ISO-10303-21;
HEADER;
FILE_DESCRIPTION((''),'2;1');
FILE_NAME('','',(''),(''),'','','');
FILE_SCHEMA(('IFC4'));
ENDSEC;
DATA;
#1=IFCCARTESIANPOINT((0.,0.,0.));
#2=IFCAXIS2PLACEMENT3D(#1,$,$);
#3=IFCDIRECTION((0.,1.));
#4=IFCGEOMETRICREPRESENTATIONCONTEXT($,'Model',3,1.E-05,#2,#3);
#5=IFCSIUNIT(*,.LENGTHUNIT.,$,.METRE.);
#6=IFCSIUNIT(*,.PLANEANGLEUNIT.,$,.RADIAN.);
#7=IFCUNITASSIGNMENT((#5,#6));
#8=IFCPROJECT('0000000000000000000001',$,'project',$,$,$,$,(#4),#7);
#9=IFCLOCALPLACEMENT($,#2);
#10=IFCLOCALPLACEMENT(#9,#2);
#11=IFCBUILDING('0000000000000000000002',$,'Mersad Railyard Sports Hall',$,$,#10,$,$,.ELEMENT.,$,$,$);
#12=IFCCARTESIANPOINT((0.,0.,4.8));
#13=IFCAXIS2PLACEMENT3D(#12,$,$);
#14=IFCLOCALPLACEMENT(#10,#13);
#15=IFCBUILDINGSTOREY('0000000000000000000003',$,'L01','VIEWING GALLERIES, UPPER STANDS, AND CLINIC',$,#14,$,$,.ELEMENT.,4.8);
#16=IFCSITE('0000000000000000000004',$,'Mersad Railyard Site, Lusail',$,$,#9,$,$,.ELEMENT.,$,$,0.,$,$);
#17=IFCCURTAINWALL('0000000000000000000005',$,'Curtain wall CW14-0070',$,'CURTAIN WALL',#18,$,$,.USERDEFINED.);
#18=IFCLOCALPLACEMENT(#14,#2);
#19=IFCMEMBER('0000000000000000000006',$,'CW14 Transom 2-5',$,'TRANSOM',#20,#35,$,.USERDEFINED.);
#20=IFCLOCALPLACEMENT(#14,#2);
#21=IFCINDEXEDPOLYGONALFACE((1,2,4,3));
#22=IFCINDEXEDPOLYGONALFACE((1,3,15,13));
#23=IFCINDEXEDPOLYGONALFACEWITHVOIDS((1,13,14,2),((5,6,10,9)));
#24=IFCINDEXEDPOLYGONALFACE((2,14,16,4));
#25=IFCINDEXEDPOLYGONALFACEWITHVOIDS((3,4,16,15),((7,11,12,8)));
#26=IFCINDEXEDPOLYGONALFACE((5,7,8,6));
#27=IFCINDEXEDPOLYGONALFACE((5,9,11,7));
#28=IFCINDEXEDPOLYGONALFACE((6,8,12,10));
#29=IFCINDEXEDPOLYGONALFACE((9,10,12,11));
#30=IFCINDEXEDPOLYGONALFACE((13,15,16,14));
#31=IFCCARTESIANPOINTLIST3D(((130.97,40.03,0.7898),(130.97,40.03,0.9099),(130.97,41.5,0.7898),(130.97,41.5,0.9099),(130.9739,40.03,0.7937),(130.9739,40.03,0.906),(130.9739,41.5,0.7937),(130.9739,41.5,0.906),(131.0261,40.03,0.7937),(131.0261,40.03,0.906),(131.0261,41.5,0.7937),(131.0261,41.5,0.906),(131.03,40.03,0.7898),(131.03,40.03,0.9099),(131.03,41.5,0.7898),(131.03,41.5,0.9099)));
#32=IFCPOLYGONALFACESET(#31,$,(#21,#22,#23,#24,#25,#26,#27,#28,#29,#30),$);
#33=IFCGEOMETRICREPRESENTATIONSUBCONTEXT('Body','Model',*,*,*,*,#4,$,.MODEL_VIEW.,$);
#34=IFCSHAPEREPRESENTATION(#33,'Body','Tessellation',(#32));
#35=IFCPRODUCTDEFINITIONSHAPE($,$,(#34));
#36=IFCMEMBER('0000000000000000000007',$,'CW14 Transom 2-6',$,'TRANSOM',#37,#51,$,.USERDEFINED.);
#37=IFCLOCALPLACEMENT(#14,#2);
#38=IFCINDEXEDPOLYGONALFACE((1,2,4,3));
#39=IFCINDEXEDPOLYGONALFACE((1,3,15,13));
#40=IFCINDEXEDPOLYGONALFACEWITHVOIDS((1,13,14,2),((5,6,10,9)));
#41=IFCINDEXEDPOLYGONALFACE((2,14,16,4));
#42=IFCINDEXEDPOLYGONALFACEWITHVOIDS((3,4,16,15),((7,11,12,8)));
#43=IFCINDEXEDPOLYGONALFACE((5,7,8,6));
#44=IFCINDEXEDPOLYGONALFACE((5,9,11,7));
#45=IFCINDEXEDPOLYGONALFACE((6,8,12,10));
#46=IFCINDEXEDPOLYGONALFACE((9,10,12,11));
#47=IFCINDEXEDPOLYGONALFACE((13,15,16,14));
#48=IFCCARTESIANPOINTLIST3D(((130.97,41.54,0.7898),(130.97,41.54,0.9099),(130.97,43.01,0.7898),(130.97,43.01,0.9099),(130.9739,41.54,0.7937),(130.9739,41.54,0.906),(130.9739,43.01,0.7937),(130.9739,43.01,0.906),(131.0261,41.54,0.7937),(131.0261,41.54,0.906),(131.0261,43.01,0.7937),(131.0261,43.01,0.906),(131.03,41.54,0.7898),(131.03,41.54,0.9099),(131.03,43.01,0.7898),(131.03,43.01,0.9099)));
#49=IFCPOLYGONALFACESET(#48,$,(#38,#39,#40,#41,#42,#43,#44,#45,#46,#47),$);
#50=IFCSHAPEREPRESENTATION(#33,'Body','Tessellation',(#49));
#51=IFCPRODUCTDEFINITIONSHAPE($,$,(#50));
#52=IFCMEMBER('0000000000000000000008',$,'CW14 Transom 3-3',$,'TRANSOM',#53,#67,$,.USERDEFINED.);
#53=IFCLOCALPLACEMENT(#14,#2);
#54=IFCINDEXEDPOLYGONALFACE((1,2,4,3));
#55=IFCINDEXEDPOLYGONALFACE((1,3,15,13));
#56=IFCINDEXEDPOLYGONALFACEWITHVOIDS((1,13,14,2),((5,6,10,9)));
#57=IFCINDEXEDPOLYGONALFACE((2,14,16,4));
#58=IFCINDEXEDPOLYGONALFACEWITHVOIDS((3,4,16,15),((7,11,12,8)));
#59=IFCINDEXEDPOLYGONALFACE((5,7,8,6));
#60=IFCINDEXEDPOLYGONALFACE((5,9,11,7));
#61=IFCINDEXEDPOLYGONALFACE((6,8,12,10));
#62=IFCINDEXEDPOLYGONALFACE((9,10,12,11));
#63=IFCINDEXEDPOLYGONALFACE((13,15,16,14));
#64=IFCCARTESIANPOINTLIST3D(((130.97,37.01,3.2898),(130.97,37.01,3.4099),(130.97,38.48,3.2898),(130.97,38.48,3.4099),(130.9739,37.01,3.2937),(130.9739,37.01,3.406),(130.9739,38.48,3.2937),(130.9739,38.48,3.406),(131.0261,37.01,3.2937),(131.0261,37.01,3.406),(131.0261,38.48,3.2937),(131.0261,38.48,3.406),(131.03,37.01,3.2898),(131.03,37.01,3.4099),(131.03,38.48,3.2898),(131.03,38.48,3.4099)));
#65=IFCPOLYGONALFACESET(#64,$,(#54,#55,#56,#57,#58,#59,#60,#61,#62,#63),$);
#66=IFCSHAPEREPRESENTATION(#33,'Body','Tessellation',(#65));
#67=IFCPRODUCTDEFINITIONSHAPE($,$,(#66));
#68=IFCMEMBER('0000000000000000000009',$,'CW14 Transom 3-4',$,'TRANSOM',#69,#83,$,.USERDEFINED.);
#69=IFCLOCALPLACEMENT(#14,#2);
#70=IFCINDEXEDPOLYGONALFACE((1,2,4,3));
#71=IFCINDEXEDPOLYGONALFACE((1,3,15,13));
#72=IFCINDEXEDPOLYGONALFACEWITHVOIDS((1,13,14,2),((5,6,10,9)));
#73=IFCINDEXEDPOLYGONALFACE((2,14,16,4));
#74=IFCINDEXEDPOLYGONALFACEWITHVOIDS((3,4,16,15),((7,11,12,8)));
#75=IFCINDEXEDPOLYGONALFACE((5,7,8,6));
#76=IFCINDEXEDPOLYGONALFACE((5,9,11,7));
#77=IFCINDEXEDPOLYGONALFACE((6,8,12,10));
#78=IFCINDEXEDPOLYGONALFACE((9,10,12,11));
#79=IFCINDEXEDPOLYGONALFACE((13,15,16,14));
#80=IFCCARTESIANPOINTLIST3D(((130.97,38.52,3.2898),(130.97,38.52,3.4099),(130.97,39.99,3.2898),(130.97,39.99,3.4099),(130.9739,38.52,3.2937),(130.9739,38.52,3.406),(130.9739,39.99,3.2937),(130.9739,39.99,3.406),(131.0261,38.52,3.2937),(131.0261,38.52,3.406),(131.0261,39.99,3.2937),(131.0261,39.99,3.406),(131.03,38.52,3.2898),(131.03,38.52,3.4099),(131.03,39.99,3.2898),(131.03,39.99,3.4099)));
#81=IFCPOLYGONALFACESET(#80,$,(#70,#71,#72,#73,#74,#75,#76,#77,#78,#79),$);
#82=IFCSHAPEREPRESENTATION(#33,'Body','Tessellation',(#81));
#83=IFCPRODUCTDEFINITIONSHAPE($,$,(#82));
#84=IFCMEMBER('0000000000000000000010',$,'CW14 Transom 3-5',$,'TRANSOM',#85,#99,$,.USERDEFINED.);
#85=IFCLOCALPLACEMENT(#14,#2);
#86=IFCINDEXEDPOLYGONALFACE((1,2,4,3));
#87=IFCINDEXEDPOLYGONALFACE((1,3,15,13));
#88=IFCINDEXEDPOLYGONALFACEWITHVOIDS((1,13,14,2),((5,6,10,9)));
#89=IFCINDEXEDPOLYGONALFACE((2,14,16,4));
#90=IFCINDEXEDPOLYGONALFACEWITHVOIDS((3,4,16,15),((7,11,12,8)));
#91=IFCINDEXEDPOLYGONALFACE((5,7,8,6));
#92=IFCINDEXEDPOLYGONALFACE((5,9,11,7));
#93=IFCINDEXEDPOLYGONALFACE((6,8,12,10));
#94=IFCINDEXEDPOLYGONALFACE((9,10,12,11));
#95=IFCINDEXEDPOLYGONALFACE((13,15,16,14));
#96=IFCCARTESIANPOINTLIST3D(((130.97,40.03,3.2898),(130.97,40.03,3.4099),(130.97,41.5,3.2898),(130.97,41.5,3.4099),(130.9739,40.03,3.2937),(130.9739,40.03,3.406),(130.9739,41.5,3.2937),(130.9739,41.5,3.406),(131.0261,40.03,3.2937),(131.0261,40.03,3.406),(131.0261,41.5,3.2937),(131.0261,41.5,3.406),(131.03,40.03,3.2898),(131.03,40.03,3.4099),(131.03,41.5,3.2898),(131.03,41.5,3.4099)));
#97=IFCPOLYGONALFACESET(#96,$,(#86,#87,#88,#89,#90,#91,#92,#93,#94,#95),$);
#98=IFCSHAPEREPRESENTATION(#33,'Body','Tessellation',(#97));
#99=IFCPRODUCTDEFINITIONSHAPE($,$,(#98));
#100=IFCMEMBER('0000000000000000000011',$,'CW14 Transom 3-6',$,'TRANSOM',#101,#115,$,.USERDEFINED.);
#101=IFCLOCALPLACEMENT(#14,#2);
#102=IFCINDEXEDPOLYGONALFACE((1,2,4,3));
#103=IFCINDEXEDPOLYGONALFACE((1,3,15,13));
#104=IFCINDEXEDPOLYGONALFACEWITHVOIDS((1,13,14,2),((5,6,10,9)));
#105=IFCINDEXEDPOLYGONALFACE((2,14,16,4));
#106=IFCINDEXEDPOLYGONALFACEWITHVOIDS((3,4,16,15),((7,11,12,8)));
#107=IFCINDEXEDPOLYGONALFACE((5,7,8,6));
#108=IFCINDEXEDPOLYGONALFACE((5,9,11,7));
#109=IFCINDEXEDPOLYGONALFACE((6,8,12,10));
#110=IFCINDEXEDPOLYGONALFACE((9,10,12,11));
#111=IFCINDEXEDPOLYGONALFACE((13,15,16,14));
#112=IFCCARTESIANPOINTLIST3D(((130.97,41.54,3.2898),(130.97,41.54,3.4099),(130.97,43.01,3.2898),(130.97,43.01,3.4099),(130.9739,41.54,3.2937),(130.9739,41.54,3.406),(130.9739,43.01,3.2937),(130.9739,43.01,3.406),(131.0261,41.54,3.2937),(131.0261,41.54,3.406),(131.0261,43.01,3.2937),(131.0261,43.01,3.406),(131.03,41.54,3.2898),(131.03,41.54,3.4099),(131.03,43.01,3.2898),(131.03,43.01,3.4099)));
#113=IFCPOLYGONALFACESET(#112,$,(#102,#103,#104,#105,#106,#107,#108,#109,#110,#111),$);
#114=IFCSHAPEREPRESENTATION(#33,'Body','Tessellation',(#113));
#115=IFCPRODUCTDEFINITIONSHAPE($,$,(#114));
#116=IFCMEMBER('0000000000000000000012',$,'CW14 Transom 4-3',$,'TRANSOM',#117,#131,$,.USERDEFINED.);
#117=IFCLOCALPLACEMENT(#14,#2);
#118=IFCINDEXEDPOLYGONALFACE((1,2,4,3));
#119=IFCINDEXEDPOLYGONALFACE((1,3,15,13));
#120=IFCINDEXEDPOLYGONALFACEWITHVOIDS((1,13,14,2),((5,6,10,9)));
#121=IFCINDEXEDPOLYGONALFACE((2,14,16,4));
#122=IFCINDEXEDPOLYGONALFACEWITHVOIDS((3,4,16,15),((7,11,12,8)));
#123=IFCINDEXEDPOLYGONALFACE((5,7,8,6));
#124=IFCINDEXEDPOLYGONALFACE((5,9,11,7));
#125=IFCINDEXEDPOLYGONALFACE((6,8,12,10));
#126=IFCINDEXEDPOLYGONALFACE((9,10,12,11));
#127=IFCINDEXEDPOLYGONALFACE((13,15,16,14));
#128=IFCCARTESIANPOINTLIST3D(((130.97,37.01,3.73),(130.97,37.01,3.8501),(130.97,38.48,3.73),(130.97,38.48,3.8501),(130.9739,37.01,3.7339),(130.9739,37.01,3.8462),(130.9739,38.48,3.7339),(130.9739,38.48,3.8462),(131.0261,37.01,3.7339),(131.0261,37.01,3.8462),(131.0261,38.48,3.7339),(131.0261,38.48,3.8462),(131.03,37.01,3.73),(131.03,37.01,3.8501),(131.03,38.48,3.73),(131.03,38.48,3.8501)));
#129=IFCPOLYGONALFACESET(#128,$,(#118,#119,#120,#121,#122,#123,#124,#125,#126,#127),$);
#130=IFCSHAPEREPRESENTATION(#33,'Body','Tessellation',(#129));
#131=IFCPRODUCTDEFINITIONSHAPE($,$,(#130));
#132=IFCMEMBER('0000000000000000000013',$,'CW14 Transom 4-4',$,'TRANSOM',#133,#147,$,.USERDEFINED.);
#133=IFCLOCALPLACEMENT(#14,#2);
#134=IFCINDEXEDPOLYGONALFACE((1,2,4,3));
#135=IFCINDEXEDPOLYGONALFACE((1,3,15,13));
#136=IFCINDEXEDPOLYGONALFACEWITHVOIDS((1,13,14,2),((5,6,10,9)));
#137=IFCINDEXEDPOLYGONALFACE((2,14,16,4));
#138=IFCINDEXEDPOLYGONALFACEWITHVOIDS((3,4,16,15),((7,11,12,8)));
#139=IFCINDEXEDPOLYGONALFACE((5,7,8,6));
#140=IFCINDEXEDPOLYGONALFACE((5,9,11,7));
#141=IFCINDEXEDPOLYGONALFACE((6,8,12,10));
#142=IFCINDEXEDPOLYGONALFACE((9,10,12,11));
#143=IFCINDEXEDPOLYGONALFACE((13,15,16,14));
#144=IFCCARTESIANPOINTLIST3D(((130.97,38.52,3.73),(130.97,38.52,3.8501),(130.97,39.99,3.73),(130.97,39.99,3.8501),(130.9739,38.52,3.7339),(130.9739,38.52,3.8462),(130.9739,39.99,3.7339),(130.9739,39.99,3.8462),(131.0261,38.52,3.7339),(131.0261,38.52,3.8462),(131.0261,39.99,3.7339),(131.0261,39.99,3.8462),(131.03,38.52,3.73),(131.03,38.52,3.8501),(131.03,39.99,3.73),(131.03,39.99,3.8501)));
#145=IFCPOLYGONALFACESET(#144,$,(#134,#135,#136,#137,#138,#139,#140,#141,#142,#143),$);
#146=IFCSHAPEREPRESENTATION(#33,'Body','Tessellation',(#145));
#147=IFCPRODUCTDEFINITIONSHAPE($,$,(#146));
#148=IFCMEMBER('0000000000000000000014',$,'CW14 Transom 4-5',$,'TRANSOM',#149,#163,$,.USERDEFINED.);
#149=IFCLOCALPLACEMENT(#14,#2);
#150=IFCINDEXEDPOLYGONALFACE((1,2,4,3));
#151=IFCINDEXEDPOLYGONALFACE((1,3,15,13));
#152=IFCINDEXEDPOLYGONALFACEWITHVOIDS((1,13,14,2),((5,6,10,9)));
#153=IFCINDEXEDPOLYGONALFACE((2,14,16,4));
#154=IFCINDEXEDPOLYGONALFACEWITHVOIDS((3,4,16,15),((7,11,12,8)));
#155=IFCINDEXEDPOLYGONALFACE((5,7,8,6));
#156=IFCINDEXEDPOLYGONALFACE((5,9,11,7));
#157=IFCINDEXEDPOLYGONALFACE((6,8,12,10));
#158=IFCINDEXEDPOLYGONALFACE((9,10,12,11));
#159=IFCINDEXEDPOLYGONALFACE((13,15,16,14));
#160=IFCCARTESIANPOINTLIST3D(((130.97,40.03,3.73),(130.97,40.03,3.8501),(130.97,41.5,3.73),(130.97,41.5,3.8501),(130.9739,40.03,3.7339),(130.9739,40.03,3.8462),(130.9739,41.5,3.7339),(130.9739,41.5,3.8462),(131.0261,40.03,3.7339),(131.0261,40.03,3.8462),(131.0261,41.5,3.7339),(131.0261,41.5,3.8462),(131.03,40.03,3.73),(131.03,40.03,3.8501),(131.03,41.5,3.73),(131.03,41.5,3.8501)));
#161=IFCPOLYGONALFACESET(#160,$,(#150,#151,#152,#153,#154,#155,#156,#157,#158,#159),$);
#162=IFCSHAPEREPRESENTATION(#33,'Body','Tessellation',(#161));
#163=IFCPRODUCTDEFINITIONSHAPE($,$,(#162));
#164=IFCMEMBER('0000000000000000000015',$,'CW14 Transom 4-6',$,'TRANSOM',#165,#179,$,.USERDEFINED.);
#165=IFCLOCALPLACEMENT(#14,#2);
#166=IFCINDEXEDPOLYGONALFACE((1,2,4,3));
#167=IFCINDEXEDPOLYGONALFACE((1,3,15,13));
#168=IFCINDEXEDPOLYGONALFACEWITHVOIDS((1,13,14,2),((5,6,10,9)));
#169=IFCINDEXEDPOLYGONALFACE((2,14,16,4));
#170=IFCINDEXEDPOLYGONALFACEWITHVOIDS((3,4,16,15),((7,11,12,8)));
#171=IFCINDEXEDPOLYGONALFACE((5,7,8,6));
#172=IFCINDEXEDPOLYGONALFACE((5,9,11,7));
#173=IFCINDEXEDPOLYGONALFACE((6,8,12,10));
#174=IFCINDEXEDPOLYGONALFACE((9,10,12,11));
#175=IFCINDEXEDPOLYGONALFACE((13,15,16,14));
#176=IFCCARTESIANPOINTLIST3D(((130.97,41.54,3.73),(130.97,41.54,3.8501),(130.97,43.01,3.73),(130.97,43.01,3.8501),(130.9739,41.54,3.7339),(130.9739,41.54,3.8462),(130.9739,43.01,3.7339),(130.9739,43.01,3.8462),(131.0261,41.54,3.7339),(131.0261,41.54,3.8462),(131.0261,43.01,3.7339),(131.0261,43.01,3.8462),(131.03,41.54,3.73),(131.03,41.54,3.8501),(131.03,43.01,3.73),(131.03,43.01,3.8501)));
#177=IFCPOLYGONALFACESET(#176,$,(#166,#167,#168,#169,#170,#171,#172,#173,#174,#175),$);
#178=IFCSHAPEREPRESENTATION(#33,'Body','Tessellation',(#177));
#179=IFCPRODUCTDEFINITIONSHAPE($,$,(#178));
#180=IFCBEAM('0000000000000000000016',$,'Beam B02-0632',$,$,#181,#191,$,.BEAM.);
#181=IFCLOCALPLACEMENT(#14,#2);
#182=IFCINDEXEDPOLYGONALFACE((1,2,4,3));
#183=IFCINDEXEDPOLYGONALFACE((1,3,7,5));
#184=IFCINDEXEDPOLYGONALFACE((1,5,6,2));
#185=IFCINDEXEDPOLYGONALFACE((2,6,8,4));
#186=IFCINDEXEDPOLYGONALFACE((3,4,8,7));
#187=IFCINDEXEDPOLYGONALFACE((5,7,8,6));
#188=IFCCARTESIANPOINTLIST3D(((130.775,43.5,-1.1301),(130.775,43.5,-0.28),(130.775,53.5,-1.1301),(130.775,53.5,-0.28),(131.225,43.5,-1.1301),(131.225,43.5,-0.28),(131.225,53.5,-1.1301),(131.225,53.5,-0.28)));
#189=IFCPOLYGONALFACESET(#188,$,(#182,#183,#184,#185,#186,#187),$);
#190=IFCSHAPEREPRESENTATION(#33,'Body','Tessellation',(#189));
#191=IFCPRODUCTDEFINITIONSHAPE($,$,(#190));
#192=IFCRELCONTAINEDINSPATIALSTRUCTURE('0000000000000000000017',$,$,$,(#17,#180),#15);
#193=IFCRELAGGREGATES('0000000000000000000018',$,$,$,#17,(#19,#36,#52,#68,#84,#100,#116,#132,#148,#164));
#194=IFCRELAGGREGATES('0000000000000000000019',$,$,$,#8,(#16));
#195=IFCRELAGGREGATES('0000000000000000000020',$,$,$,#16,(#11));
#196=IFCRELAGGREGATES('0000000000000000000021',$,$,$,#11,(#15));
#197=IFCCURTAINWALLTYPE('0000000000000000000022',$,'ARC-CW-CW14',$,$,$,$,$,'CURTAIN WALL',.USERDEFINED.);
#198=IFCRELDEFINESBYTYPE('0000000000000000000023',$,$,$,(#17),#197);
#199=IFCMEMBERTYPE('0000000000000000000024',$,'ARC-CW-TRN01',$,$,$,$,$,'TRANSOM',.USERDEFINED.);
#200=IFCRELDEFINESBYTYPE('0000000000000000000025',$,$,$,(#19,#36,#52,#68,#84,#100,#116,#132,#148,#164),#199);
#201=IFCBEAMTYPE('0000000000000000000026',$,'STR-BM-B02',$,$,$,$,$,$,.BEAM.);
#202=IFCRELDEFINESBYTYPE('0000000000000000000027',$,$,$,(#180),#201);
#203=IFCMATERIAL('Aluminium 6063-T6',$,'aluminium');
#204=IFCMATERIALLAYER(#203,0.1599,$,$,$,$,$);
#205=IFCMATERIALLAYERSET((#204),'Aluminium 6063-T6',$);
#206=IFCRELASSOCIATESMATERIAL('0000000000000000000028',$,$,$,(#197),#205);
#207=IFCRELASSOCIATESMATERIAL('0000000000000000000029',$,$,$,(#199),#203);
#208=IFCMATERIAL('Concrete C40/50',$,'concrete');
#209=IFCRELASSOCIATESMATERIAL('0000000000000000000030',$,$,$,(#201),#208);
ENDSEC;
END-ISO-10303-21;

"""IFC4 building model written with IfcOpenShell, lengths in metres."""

from ifc_helpers import new_model, si_unit, direction, frame, origin, origin_2d, place, context, subcontext, project, spatial, rectangle, hollow_rectangle, extrude, material, layer, layer_set, material_profile, profile_set, type_object, element, aggregate, save


model = new_model("IFC4")

# Units and contexts
model_context = context("Model", 3, precision=1e-05, world=origin(), true_north=direction((0.0, 1.0)))
body_context = subcontext(model_context, "Body", "Model", "MODEL_VIEW")
ifc_project = project(units=[si_unit("LENGTHUNIT", "METRE"), si_unit("PLANEANGLEUNIT", "RADIAN")], contexts=[model_context])

# Site, building, storey
site_placement = place(None, origin())
site = spatial("IfcSite", under=ifc_project, at=site_placement, Name="Mersad Railyard Site, Lusail", CompositionType="ELEMENT", RefElevation=0.0)
building_placement = place(site_placement, origin())
building = spatial("IfcBuilding", under=site, at=building_placement, Name="Mersad Railyard Sports Hall", CompositionType="ELEMENT")
storey_placement = place(building_placement, frame((0.0, 0.0, 4.8)))
storey = spatial("IfcBuildingStorey", under=building, at=storey_placement, Name="L01", Description="VIEWING GALLERIES, UPPER STANDS, AND CLINIC", CompositionType="ELEMENT", Elevation=4.8)

# Shared definitions
ifc_material_1 = material(Name="Concrete C40/50", Category="concrete")

# Curtain wall
ifc_material_2 = material(Name="Aluminium 6063-T6", Category="aluminium")
ifc_layer_1 = layer(ifc_material_2, 0.1599)
ifc_layer_set_1 = layer_set([ifc_layer_1], Name="Aluminium 6063-T6")
curtain_wall_type_1 = type_object("IfcCurtainWallType", Name="ARC-CW-CW14", ElementType="CURTAIN WALL", PredefinedType="USERDEFINED", material=ifc_layer_set_1)
curtain_wall_1_placement = place(storey_placement, origin())
curtain_wall_1 = element("IfcCurtainWall", 1, at=curtain_wall_1_placement, inside=storey, type_object=curtain_wall_type_1, Name="Curtain wall CW14-0070", ObjectType="CURTAIN WALL", PredefinedType="USERDEFINED")

# Members
ifc_material_profile_1 = material_profile(ifc_material_2, hollow_rectangle(XDim=0.0601, YDim=0.1201, WallThickness=0.0039, at=origin_2d()), Name="AL TRANSOM 60x120x4")
ifc_profile_set_1 = profile_set([ifc_material_profile_1], Name="Aluminium 6063-T6")
member_type_1 = type_object("IfcMemberType", Name="ARC-CW-TRN01", ElementType="TRANSOM", PredefinedType="USERDEFINED", material=ifc_profile_set_1)
member_1_placement = place(storey_placement, frame((131.0, 40.03, 0.8499), z_axis=(0.0, 1.0, 0.0), x_axis=(-1.0, 0.0, 0.0)))
member_1 = element("IfcMember", 2, at=member_1_placement, type_object=member_type_1, Name="CW14 Transom 2-5", ObjectType="TRANSOM", PredefinedType="USERDEFINED", context=body_context, shape_type="SweptSolid", body=[
    extrude(hollow_rectangle(XDim=0.0601, YDim=0.1201, WallThickness=0.0039, at=origin_2d()), origin(), (0.0, 0.0, 1.0), 1.47),
])
member_2_placement = place(storey_placement, frame((131.0, 41.54, 0.8499), z_axis=(0.0, 1.0, 0.0), x_axis=(-1.0, 0.0, 0.0)))
member_2 = element("IfcMember", 3, at=member_2_placement, type_object=member_type_1, Name="CW14 Transom 2-6", ObjectType="TRANSOM", PredefinedType="USERDEFINED", context=body_context, shape_type="SweptSolid", body=[
    extrude(hollow_rectangle(XDim=0.0601, YDim=0.1201, WallThickness=0.0039, at=origin_2d()), origin(), (0.0, 0.0, 1.0), 1.47),
])
member_3_placement = place(storey_placement, frame((131.0, 37.01, 3.3499), z_axis=(0.0, 1.0, 0.0), x_axis=(-1.0, 0.0, 0.0)))
member_3 = element("IfcMember", 4, at=member_3_placement, type_object=member_type_1, Name="CW14 Transom 3-3", ObjectType="TRANSOM", PredefinedType="USERDEFINED", context=body_context, shape_type="SweptSolid", body=[
    extrude(hollow_rectangle(XDim=0.0601, YDim=0.1201, WallThickness=0.0039, at=origin_2d()), origin(), (0.0, 0.0, 1.0), 1.47),
])
member_4_placement = place(storey_placement, frame((131.0, 38.52, 3.3499), z_axis=(0.0, 1.0, 0.0), x_axis=(-1.0, 0.0, 0.0)))
member_4 = element("IfcMember", 5, at=member_4_placement, type_object=member_type_1, Name="CW14 Transom 3-4", ObjectType="TRANSOM", PredefinedType="USERDEFINED", context=body_context, shape_type="SweptSolid", body=[
    extrude(hollow_rectangle(XDim=0.0601, YDim=0.1201, WallThickness=0.0039, at=origin_2d()), origin(), (0.0, 0.0, 1.0), 1.47),
])
member_5_placement = place(storey_placement, frame((131.0, 40.03, 3.3499), z_axis=(0.0, 1.0, 0.0), x_axis=(-1.0, 0.0, 0.0)))
member_5 = element("IfcMember", 6, at=member_5_placement, type_object=member_type_1, Name="CW14 Transom 3-5", ObjectType="TRANSOM", PredefinedType="USERDEFINED", context=body_context, shape_type="SweptSolid", body=[
    extrude(hollow_rectangle(XDim=0.0601, YDim=0.1201, WallThickness=0.0039, at=origin_2d()), origin(), (0.0, 0.0, 1.0), 1.47),
])
member_6_placement = place(storey_placement, frame((131.0, 41.54, 3.3499), z_axis=(0.0, 1.0, 0.0), x_axis=(-1.0, 0.0, 0.0)))
member_6 = element("IfcMember", 7, at=member_6_placement, type_object=member_type_1, Name="CW14 Transom 3-6", ObjectType="TRANSOM", PredefinedType="USERDEFINED", context=body_context, shape_type="SweptSolid", body=[
    extrude(hollow_rectangle(XDim=0.0601, YDim=0.1201, WallThickness=0.0039, at=origin_2d()), origin(), (0.0, 0.0, 1.0), 1.47),
])
member_7_placement = place(storey_placement, frame((131.0, 37.01, 3.79), z_axis=(0.0, 1.0, 0.0), x_axis=(-1.0, 0.0, 0.0)))
member_7 = element("IfcMember", 8, at=member_7_placement, type_object=member_type_1, Name="CW14 Transom 4-3", ObjectType="TRANSOM", PredefinedType="USERDEFINED", context=body_context, shape_type="SweptSolid", body=[
    extrude(hollow_rectangle(XDim=0.0601, YDim=0.1201, WallThickness=0.0039, at=origin_2d()), origin(), (0.0, 0.0, 1.0), 1.47),
])
member_8_placement = place(storey_placement, frame((131.0, 38.52, 3.79), z_axis=(0.0, 1.0, 0.0), x_axis=(-1.0, 0.0, 0.0)))
member_8 = element("IfcMember", 9, at=member_8_placement, type_object=member_type_1, Name="CW14 Transom 4-4", ObjectType="TRANSOM", PredefinedType="USERDEFINED", context=body_context, shape_type="SweptSolid", body=[
    extrude(hollow_rectangle(XDim=0.0601, YDim=0.1201, WallThickness=0.0039, at=origin_2d()), origin(), (0.0, 0.0, 1.0), 1.47),
])
member_9_placement = place(storey_placement, frame((131.0, 40.03, 3.79), z_axis=(0.0, 1.0, 0.0), x_axis=(-1.0, 0.0, 0.0)))
member_9 = element("IfcMember", 10, at=member_9_placement, type_object=member_type_1, Name="CW14 Transom 4-5", ObjectType="TRANSOM", PredefinedType="USERDEFINED", context=body_context, shape_type="SweptSolid", body=[
    extrude(hollow_rectangle(XDim=0.0601, YDim=0.1201, WallThickness=0.0039, at=origin_2d()), origin(), (0.0, 0.0, 1.0), 1.47),
])
member_10_placement = place(storey_placement, frame((131.0, 41.54, 3.79), z_axis=(0.0, 1.0, 0.0), x_axis=(-1.0, 0.0, 0.0)))
member_10 = element("IfcMember", 11, at=member_10_placement, type_object=member_type_1, Name="CW14 Transom 4-6", ObjectType="TRANSOM", PredefinedType="USERDEFINED", context=body_context, shape_type="SweptSolid", body=[
    extrude(hollow_rectangle(XDim=0.0601, YDim=0.1201, WallThickness=0.0039, at=origin_2d()), origin(), (0.0, 0.0, 1.0), 1.47),
])

# Beam
ifc_material_profile_2 = material_profile(ifc_material_1, rectangle(XDim=0.45, YDim=0.8501, at=origin_2d()), Name="RC 450x850")
ifc_profile_set_2 = profile_set([ifc_material_profile_2], Name="Concrete C40/50")
beam_type_1 = type_object("IfcBeamType", Name="STR-BM-B02", PredefinedType="BEAM", material=ifc_profile_set_2)
beam_1_placement = place(storey_placement, frame((131.0, 43.5, -0.7051), z_axis=(0.0, 1.0, 0.0), x_axis=(-1.0, 0.0, 0.0)))
element("IfcBeam", 12, at=beam_1_placement, inside=storey, type_object=beam_type_1, Name="Beam B02-0632", PredefinedType="BEAM", context=body_context, shape_type="SweptSolid", body=[
    extrude(rectangle(XDim=0.45, YDim=0.8501, at=origin_2d()), origin(), (0.0, 0.0, 1.0), 10.0),
])

aggregate(curtain_wall_1, [member_1, member_2, member_3, member_4, member_5, member_6, member_7, member_8, member_9, member_10])

save(model, "model.ifc")
